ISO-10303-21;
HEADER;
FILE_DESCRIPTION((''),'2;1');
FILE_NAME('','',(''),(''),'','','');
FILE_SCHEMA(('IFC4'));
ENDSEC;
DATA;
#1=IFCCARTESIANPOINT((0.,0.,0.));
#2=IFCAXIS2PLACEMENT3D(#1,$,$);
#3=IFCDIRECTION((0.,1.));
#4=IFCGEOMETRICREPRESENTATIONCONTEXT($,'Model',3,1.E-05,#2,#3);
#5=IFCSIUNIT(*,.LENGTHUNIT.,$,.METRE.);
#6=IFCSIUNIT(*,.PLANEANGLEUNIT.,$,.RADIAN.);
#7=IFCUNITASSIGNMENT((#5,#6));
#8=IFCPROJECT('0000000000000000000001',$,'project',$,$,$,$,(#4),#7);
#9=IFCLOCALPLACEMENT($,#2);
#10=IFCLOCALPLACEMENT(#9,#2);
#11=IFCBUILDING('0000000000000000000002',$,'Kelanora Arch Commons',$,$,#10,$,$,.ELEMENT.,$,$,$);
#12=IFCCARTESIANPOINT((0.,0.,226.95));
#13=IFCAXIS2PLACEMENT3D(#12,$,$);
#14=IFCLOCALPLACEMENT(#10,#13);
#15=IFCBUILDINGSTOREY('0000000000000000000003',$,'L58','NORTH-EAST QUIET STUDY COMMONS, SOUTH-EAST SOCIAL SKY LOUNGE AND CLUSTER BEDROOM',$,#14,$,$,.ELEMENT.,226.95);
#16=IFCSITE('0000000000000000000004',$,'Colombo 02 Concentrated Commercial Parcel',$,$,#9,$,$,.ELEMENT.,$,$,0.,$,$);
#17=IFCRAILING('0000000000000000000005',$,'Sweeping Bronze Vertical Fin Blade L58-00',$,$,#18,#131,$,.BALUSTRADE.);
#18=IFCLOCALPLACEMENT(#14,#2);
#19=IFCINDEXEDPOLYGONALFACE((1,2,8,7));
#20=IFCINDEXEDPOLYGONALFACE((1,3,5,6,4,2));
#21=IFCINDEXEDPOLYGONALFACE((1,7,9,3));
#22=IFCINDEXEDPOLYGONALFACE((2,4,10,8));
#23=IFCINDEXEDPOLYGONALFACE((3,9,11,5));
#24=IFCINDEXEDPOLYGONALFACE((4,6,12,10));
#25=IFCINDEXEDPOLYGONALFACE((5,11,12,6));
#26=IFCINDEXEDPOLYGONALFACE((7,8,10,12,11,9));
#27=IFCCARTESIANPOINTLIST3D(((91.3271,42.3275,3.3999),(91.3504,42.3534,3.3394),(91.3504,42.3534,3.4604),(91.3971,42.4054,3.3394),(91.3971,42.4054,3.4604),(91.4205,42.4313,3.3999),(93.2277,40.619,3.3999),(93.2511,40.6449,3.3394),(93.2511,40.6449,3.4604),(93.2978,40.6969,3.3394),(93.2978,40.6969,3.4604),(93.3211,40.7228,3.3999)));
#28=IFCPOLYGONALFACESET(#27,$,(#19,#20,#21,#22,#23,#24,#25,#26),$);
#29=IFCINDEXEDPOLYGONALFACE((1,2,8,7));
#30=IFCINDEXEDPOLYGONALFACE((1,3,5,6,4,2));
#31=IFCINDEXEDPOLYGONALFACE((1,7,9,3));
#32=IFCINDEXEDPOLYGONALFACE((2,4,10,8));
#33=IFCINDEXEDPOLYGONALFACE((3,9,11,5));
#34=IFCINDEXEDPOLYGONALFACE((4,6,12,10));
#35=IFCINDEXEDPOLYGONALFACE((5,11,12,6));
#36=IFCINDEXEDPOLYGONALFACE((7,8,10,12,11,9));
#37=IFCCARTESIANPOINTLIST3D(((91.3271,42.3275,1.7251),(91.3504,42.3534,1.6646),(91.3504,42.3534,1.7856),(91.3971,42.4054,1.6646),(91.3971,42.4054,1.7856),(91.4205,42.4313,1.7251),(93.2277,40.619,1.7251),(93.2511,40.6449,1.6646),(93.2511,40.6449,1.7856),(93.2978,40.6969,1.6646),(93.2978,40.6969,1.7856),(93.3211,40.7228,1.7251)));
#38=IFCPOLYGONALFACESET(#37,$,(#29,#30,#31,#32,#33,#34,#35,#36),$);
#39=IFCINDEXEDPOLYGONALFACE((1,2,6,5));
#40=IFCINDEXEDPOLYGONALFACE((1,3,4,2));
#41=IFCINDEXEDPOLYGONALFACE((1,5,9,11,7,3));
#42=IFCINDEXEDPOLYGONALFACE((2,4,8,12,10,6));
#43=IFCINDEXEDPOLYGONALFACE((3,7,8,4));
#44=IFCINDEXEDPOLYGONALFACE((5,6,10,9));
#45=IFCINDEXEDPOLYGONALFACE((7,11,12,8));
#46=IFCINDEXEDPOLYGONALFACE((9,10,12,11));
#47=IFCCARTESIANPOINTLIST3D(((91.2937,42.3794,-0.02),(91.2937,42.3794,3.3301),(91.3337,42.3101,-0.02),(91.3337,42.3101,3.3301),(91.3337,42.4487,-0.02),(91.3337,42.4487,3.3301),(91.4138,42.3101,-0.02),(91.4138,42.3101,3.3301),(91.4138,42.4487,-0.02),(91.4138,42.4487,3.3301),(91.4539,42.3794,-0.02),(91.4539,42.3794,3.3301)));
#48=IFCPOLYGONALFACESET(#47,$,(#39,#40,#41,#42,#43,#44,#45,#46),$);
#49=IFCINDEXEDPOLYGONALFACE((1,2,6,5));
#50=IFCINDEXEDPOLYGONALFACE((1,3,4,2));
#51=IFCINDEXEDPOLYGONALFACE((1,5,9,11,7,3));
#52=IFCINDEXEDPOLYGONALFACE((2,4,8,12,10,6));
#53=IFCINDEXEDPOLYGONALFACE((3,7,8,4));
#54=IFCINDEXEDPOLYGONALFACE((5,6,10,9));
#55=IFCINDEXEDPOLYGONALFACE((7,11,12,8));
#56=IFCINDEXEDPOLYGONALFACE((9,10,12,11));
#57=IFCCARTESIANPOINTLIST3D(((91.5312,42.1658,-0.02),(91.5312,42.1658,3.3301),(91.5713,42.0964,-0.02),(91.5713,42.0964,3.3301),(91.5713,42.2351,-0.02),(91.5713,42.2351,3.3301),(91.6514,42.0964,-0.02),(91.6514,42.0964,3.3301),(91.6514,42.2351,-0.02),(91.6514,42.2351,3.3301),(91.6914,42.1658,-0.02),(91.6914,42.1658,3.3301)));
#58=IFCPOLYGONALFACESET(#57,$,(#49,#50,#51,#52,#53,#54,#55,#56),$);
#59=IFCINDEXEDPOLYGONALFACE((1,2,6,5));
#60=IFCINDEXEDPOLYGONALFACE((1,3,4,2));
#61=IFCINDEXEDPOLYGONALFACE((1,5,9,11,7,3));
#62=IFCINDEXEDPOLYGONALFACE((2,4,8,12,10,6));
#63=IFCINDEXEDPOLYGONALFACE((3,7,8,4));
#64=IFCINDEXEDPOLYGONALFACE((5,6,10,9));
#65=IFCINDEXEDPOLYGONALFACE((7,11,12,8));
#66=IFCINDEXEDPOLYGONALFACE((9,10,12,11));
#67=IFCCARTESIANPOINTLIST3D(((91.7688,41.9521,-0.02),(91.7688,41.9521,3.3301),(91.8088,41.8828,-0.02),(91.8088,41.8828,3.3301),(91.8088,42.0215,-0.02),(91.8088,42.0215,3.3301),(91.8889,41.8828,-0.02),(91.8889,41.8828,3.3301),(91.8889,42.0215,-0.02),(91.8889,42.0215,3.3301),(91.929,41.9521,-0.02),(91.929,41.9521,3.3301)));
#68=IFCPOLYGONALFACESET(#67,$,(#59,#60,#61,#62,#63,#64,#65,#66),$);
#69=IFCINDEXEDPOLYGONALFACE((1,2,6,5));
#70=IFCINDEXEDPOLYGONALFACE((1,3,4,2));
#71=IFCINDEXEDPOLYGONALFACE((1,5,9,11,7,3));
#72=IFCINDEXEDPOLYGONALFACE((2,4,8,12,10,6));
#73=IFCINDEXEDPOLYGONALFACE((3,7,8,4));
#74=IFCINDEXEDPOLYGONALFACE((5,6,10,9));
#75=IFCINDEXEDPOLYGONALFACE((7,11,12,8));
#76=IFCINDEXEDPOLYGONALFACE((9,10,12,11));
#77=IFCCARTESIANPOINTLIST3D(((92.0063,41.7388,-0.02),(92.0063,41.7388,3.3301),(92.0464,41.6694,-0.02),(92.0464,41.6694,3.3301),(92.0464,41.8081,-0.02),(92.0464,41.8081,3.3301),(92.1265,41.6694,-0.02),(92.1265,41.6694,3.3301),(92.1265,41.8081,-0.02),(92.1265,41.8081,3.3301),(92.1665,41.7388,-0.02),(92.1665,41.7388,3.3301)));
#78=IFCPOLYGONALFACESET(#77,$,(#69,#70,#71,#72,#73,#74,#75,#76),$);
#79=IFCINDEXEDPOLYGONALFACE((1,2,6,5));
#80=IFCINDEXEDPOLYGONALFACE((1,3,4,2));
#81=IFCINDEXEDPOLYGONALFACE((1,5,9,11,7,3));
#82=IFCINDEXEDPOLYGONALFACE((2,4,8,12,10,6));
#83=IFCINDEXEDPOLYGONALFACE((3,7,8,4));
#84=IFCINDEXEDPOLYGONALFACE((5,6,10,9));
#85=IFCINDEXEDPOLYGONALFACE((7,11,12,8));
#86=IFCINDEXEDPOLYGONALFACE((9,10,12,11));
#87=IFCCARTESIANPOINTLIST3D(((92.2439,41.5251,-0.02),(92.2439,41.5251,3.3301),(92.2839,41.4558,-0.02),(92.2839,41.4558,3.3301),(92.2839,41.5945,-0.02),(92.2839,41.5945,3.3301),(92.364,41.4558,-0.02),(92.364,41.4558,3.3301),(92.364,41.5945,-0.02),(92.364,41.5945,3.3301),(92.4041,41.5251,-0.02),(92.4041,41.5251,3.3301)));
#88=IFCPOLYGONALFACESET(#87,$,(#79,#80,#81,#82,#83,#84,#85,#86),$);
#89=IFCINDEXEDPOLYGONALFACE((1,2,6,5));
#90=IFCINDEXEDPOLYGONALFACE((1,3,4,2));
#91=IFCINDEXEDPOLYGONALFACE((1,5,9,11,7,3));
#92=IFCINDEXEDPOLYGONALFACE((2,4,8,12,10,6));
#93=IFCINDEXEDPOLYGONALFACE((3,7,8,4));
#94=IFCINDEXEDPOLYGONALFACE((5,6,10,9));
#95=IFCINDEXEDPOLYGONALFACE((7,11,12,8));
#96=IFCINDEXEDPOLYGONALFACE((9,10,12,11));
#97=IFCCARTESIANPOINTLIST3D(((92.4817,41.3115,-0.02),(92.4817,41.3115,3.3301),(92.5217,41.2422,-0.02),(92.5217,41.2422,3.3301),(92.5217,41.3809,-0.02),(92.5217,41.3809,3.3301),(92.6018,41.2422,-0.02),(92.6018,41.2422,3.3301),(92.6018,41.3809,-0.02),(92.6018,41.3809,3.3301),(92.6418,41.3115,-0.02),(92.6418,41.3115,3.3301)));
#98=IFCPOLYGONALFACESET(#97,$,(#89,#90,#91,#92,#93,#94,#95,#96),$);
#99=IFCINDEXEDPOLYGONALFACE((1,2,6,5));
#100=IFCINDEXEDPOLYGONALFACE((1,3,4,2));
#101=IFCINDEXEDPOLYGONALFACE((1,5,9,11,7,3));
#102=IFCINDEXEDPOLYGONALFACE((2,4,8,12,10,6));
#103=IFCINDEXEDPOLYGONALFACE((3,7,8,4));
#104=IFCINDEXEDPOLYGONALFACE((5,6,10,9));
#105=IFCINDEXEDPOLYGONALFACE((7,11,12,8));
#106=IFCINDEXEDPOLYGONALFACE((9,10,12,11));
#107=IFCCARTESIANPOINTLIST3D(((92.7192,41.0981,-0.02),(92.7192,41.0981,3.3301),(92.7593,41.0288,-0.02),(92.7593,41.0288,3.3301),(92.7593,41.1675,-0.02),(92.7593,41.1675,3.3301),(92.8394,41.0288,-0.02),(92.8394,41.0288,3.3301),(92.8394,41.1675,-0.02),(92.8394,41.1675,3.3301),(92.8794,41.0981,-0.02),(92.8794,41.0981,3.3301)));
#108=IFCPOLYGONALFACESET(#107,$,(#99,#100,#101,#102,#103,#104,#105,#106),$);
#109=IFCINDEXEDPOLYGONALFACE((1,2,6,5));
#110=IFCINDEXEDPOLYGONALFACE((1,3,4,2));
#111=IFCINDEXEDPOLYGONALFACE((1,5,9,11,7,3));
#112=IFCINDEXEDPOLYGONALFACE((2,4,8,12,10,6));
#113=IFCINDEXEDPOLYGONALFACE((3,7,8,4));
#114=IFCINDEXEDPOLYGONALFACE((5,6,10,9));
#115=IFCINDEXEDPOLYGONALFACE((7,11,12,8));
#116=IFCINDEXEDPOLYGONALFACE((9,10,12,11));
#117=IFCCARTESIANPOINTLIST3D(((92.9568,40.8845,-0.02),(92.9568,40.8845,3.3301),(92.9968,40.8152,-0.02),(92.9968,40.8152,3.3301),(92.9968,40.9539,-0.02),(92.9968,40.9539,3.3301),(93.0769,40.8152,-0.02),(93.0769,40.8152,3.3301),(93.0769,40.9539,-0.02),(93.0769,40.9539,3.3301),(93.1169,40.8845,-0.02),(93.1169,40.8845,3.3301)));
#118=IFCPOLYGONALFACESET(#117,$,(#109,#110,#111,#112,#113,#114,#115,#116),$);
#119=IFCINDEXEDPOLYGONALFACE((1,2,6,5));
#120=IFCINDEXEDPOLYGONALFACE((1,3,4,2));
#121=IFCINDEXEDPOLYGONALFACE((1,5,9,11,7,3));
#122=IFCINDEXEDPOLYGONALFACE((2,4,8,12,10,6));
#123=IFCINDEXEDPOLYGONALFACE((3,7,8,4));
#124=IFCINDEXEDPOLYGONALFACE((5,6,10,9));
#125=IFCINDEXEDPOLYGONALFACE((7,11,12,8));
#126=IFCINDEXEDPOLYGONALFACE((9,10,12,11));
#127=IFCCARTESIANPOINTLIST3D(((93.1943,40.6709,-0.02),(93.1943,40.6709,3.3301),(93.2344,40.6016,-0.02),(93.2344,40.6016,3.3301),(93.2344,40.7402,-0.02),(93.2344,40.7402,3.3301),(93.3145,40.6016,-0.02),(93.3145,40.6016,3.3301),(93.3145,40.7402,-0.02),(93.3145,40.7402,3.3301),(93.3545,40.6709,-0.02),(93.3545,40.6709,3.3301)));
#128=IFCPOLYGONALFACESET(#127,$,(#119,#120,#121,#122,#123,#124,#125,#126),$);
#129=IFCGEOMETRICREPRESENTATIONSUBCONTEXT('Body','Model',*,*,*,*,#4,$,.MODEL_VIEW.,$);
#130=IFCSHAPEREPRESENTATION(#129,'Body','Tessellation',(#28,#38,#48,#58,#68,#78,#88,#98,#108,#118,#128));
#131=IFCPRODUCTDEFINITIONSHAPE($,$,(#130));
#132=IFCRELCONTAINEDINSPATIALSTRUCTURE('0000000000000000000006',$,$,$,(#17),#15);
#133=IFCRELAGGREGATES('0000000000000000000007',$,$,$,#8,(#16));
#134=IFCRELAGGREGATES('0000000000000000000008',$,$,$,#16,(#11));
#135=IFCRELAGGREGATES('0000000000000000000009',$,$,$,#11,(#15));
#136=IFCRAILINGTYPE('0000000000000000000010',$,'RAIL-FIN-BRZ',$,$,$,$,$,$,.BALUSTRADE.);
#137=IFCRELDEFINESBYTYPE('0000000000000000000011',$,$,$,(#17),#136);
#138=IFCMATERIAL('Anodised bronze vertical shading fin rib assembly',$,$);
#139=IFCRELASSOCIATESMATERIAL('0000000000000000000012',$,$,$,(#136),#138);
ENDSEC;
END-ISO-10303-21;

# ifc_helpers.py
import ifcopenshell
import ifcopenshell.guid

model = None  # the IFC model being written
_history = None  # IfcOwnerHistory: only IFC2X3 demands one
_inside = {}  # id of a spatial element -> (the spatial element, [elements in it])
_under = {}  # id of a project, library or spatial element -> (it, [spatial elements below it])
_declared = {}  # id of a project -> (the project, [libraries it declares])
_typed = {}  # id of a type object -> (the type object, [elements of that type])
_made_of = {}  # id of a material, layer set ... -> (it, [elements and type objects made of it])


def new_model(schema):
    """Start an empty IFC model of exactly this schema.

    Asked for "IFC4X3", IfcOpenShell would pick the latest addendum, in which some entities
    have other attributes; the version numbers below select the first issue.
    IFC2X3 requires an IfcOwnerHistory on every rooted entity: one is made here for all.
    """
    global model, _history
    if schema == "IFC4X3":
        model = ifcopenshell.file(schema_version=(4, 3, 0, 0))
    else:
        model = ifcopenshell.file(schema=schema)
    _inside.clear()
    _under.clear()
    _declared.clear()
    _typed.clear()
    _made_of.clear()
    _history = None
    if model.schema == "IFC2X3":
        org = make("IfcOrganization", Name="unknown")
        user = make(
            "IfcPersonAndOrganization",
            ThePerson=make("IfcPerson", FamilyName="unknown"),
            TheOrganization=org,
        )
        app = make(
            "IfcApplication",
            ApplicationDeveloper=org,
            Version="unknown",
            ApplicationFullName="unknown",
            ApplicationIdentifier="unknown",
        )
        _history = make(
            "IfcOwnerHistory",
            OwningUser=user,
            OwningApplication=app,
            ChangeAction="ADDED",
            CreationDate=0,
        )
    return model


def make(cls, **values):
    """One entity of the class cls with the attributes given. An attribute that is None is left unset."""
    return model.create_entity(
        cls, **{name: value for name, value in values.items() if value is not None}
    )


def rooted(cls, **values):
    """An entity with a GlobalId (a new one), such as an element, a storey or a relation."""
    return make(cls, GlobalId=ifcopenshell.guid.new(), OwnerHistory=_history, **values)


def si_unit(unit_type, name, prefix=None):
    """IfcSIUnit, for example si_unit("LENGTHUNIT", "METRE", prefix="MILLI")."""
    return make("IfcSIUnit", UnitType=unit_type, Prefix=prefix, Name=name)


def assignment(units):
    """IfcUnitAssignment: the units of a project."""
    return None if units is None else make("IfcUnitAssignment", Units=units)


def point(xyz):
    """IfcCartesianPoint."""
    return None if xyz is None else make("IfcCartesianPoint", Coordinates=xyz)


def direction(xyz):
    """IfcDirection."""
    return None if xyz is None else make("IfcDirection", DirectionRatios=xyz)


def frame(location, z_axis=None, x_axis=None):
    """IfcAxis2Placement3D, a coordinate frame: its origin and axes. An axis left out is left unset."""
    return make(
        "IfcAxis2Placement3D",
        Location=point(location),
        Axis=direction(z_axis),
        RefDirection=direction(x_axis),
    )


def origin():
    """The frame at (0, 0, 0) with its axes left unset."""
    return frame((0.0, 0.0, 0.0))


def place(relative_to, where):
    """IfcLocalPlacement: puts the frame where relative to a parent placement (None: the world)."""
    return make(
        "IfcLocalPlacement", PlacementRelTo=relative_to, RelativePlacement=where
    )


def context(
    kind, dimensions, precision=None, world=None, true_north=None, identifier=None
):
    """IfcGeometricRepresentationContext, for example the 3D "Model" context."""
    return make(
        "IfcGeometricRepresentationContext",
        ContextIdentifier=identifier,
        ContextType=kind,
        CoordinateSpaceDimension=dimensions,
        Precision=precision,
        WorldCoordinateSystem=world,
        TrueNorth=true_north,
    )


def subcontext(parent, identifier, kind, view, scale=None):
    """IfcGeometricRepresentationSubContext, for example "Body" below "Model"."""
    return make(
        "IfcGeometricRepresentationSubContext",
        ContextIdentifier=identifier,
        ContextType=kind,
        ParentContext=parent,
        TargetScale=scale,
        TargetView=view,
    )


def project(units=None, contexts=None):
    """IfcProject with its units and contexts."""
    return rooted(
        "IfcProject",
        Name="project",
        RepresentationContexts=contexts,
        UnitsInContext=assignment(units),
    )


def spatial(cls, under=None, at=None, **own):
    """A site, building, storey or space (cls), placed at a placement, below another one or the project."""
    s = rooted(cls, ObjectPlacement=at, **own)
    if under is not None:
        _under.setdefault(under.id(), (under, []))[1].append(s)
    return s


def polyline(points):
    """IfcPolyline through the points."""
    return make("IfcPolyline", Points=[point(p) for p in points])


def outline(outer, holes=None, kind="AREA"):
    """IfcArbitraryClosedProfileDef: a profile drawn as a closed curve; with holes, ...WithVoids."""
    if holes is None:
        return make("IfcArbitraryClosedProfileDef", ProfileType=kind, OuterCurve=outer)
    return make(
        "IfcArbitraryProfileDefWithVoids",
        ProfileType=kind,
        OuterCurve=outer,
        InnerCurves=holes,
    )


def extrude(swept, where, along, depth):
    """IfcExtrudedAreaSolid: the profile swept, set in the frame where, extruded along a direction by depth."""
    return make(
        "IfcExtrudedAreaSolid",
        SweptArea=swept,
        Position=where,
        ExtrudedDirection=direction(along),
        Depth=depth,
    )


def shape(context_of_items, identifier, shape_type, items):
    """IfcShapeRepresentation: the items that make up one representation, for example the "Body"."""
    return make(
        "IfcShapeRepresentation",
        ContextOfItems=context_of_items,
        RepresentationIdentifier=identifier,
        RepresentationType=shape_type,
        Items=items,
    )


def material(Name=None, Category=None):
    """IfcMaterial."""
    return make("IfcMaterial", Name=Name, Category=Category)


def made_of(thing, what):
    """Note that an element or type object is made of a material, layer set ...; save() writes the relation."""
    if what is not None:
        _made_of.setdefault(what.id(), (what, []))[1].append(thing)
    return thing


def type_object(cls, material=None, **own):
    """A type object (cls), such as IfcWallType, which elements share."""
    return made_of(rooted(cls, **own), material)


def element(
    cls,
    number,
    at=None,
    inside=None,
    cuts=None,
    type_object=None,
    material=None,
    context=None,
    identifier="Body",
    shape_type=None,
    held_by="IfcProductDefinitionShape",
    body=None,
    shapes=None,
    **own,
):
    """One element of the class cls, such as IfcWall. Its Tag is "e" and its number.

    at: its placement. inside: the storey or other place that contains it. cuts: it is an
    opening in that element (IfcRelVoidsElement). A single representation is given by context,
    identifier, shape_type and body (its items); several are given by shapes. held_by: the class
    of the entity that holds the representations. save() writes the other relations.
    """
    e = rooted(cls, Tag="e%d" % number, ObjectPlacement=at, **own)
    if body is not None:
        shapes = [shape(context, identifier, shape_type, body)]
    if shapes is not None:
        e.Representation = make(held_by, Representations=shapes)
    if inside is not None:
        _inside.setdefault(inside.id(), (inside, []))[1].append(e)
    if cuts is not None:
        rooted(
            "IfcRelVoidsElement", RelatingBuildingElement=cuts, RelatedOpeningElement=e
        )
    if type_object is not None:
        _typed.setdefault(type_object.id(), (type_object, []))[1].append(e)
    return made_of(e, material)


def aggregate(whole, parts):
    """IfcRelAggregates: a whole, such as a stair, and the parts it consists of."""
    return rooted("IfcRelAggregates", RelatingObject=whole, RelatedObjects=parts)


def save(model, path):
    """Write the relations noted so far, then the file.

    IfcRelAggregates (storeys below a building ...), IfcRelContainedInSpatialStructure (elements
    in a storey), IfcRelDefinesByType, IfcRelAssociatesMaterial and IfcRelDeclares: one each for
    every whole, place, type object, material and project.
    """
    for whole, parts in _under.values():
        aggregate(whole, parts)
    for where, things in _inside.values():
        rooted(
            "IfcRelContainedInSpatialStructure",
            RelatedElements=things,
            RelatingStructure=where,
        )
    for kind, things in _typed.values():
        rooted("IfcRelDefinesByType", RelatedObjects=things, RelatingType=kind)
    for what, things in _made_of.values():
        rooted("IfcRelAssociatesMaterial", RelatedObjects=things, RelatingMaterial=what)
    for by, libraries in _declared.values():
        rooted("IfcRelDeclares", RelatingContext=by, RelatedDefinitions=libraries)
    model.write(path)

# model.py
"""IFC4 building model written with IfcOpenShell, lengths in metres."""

from ifc_helpers import new_model, si_unit, direction, frame, origin, place, context, subcontext, project, spatial, polyline, outline, extrude, material, type_object, element, save


model = new_model("IFC4")

# Units and contexts
model_context = context("Model", 3, precision=1e-05, world=origin(), true_north=direction((0.0, 1.0)))
body_context = subcontext(model_context, "Body", "Model", "MODEL_VIEW")
ifc_project = project(units=[si_unit("LENGTHUNIT", "METRE"), si_unit("PLANEANGLEUNIT", "RADIAN")], contexts=[model_context])

# Site, building, storey
site_placement = place(None, origin())
site = spatial("IfcSite", under=ifc_project, at=site_placement, Name="Colombo 02 Concentrated Commercial Parcel", CompositionType="ELEMENT", RefElevation=0.0)
building_placement = place(site_placement, origin())
building = spatial("IfcBuilding", under=site, at=building_placement, Name="Kelanora Arch Commons", CompositionType="ELEMENT")
storey_placement = place(building_placement, frame((0.0, 0.0, 226.95)))
storey = spatial("IfcBuildingStorey", under=building, at=storey_placement, Name="L58", Description="NORTH-EAST QUIET STUDY COMMONS, SOUTH-EAST SOCIAL SKY LOUNGE AND CLUSTER BEDROOM", CompositionType="ELEMENT", Elevation=226.95)

# Railing
ifc_material_1 = material(Name="Anodised bronze vertical shading fin rib assembly")
railing_type = type_object("IfcRailingType", Name="RAIL-FIN-BRZ", PredefinedType="BALUSTRADE", material=ifc_material_1)
railing_1_placement = place(storey_placement, frame((91.3738, 42.3794, -0.02)))
element("IfcRailing", 1, at=railing_1_placement, inside=storey, type_object=railing_type, Name="Sweeping Bronze Vertical Fin Blade L58-00", PredefinedType="BALUSTRADE", context=body_context, shape_type="SweptSolid", body=[
    extrude(outline(polyline([(0.0698, 0.0), (0.0349, 0.0605), (-0.0349, 0.0605), (-0.0698, 0.0), (-0.0349, -0.0605), (0.0349, -0.0605), (0.0698, 0.0)])), frame((0.0, 0.0, 3.4199), z_axis=(0.743698, -0.668516, 0.0), x_axis=(0.668516, 0.743698, 0.0)), (0.0, 0.0, 1.0), 2.5557),
    extrude(outline(polyline([(0.0698, 0.0), (0.0349, 0.0605), (-0.0349, 0.0605), (-0.0698, 0.0), (-0.0349, -0.0605), (0.0349, -0.0605), (0.0698, 0.0)])), frame((0.0, 0.0, 1.7451), z_axis=(0.743698, -0.668516, 0.0), x_axis=(0.668516, 0.743698, 0.0)), (0.0, 0.0, 1.0), 2.5557),
    extrude(outline(polyline([(0.0801, 0.0), (0.04, 0.0693), (-0.04, 0.0693), (-0.0801, 0.0), (-0.04, -0.0693), (0.04, -0.0693), (0.0801, 0.0)])), origin(), (0.0, 0.0, 1.0), 3.3501),
    extrude(outline(polyline([(0.0801, 0.0), (0.04, 0.0693), (-0.04, 0.0693), (-0.0801, 0.0), (-0.04, -0.0693), (0.04, -0.0693), (0.0801, 0.0)])), frame((0.2375, -0.2136, 0.0)), (0.0, 0.0, 1.0), 3.3501),
    extrude(outline(polyline([(0.0801, 0.0), (0.04, 0.0693), (-0.04, 0.0693), (-0.0801, 0.0), (-0.04, -0.0693), (0.04, -0.0693), (0.0801, 0.0)])), frame((0.4751, -0.4272, 0.0)), (0.0, 0.0, 1.0), 3.3501),
    extrude(outline(polyline([(0.0801, 0.0), (0.04, 0.0693), (-0.04, 0.0693), (-0.0801, 0.0), (-0.04, -0.0693), (0.04, -0.0693), (0.0801, 0.0)])), frame((0.7126, -0.6406, 0.0)), (0.0, 0.0, 1.0), 3.3501),
    extrude(outline(polyline([(0.0801, 0.0), (0.04, 0.0693), (-0.04, 0.0693), (-0.0801, 0.0), (-0.04, -0.0693), (0.04, -0.0693), (0.0801, 0.0)])), frame((0.9502, -0.8542, 0.0)), (0.0, 0.0, 1.0), 3.3501),
    extrude(outline(polyline([(0.0801, 0.0), (0.04, 0.0693), (-0.04, 0.0693), (-0.0801, 0.0), (-0.04, -0.0693), (0.04, -0.0693), (0.0801, 0.0)])), frame((1.188, -1.0679, 0.0)), (0.0, 0.0, 1.0), 3.3501),
    extrude(outline(polyline([(0.0801, 0.0), (0.04, 0.0693), (-0.04, 0.0693), (-0.0801, 0.0), (-0.04, -0.0693), (0.04, -0.0693), (0.0801, 0.0)])), frame((1.4255, -1.2812, 0.0)), (0.0, 0.0, 1.0), 3.3501),
    extrude(outline(polyline([(0.0801, 0.0), (0.04, 0.0693), (-0.04, 0.0693), (-0.0801, 0.0), (-0.04, -0.0693), (0.04, -0.0693), (0.0801, 0.0)])), frame((1.6631, -1.4949, 0.0)), (0.0, 0.0, 1.0), 3.3501),
    extrude(outline(polyline([(0.0801, 0.0), (0.04, 0.0693), (-0.04, 0.0693), (-0.0801, 0.0), (-0.04, -0.0693), (0.04, -0.0693), (0.0801, 0.0)])), frame((1.9006, -1.7085, 0.0)), (0.0, 0.0, 1.0), 3.3501),
])

save(model, "model.ifc")
